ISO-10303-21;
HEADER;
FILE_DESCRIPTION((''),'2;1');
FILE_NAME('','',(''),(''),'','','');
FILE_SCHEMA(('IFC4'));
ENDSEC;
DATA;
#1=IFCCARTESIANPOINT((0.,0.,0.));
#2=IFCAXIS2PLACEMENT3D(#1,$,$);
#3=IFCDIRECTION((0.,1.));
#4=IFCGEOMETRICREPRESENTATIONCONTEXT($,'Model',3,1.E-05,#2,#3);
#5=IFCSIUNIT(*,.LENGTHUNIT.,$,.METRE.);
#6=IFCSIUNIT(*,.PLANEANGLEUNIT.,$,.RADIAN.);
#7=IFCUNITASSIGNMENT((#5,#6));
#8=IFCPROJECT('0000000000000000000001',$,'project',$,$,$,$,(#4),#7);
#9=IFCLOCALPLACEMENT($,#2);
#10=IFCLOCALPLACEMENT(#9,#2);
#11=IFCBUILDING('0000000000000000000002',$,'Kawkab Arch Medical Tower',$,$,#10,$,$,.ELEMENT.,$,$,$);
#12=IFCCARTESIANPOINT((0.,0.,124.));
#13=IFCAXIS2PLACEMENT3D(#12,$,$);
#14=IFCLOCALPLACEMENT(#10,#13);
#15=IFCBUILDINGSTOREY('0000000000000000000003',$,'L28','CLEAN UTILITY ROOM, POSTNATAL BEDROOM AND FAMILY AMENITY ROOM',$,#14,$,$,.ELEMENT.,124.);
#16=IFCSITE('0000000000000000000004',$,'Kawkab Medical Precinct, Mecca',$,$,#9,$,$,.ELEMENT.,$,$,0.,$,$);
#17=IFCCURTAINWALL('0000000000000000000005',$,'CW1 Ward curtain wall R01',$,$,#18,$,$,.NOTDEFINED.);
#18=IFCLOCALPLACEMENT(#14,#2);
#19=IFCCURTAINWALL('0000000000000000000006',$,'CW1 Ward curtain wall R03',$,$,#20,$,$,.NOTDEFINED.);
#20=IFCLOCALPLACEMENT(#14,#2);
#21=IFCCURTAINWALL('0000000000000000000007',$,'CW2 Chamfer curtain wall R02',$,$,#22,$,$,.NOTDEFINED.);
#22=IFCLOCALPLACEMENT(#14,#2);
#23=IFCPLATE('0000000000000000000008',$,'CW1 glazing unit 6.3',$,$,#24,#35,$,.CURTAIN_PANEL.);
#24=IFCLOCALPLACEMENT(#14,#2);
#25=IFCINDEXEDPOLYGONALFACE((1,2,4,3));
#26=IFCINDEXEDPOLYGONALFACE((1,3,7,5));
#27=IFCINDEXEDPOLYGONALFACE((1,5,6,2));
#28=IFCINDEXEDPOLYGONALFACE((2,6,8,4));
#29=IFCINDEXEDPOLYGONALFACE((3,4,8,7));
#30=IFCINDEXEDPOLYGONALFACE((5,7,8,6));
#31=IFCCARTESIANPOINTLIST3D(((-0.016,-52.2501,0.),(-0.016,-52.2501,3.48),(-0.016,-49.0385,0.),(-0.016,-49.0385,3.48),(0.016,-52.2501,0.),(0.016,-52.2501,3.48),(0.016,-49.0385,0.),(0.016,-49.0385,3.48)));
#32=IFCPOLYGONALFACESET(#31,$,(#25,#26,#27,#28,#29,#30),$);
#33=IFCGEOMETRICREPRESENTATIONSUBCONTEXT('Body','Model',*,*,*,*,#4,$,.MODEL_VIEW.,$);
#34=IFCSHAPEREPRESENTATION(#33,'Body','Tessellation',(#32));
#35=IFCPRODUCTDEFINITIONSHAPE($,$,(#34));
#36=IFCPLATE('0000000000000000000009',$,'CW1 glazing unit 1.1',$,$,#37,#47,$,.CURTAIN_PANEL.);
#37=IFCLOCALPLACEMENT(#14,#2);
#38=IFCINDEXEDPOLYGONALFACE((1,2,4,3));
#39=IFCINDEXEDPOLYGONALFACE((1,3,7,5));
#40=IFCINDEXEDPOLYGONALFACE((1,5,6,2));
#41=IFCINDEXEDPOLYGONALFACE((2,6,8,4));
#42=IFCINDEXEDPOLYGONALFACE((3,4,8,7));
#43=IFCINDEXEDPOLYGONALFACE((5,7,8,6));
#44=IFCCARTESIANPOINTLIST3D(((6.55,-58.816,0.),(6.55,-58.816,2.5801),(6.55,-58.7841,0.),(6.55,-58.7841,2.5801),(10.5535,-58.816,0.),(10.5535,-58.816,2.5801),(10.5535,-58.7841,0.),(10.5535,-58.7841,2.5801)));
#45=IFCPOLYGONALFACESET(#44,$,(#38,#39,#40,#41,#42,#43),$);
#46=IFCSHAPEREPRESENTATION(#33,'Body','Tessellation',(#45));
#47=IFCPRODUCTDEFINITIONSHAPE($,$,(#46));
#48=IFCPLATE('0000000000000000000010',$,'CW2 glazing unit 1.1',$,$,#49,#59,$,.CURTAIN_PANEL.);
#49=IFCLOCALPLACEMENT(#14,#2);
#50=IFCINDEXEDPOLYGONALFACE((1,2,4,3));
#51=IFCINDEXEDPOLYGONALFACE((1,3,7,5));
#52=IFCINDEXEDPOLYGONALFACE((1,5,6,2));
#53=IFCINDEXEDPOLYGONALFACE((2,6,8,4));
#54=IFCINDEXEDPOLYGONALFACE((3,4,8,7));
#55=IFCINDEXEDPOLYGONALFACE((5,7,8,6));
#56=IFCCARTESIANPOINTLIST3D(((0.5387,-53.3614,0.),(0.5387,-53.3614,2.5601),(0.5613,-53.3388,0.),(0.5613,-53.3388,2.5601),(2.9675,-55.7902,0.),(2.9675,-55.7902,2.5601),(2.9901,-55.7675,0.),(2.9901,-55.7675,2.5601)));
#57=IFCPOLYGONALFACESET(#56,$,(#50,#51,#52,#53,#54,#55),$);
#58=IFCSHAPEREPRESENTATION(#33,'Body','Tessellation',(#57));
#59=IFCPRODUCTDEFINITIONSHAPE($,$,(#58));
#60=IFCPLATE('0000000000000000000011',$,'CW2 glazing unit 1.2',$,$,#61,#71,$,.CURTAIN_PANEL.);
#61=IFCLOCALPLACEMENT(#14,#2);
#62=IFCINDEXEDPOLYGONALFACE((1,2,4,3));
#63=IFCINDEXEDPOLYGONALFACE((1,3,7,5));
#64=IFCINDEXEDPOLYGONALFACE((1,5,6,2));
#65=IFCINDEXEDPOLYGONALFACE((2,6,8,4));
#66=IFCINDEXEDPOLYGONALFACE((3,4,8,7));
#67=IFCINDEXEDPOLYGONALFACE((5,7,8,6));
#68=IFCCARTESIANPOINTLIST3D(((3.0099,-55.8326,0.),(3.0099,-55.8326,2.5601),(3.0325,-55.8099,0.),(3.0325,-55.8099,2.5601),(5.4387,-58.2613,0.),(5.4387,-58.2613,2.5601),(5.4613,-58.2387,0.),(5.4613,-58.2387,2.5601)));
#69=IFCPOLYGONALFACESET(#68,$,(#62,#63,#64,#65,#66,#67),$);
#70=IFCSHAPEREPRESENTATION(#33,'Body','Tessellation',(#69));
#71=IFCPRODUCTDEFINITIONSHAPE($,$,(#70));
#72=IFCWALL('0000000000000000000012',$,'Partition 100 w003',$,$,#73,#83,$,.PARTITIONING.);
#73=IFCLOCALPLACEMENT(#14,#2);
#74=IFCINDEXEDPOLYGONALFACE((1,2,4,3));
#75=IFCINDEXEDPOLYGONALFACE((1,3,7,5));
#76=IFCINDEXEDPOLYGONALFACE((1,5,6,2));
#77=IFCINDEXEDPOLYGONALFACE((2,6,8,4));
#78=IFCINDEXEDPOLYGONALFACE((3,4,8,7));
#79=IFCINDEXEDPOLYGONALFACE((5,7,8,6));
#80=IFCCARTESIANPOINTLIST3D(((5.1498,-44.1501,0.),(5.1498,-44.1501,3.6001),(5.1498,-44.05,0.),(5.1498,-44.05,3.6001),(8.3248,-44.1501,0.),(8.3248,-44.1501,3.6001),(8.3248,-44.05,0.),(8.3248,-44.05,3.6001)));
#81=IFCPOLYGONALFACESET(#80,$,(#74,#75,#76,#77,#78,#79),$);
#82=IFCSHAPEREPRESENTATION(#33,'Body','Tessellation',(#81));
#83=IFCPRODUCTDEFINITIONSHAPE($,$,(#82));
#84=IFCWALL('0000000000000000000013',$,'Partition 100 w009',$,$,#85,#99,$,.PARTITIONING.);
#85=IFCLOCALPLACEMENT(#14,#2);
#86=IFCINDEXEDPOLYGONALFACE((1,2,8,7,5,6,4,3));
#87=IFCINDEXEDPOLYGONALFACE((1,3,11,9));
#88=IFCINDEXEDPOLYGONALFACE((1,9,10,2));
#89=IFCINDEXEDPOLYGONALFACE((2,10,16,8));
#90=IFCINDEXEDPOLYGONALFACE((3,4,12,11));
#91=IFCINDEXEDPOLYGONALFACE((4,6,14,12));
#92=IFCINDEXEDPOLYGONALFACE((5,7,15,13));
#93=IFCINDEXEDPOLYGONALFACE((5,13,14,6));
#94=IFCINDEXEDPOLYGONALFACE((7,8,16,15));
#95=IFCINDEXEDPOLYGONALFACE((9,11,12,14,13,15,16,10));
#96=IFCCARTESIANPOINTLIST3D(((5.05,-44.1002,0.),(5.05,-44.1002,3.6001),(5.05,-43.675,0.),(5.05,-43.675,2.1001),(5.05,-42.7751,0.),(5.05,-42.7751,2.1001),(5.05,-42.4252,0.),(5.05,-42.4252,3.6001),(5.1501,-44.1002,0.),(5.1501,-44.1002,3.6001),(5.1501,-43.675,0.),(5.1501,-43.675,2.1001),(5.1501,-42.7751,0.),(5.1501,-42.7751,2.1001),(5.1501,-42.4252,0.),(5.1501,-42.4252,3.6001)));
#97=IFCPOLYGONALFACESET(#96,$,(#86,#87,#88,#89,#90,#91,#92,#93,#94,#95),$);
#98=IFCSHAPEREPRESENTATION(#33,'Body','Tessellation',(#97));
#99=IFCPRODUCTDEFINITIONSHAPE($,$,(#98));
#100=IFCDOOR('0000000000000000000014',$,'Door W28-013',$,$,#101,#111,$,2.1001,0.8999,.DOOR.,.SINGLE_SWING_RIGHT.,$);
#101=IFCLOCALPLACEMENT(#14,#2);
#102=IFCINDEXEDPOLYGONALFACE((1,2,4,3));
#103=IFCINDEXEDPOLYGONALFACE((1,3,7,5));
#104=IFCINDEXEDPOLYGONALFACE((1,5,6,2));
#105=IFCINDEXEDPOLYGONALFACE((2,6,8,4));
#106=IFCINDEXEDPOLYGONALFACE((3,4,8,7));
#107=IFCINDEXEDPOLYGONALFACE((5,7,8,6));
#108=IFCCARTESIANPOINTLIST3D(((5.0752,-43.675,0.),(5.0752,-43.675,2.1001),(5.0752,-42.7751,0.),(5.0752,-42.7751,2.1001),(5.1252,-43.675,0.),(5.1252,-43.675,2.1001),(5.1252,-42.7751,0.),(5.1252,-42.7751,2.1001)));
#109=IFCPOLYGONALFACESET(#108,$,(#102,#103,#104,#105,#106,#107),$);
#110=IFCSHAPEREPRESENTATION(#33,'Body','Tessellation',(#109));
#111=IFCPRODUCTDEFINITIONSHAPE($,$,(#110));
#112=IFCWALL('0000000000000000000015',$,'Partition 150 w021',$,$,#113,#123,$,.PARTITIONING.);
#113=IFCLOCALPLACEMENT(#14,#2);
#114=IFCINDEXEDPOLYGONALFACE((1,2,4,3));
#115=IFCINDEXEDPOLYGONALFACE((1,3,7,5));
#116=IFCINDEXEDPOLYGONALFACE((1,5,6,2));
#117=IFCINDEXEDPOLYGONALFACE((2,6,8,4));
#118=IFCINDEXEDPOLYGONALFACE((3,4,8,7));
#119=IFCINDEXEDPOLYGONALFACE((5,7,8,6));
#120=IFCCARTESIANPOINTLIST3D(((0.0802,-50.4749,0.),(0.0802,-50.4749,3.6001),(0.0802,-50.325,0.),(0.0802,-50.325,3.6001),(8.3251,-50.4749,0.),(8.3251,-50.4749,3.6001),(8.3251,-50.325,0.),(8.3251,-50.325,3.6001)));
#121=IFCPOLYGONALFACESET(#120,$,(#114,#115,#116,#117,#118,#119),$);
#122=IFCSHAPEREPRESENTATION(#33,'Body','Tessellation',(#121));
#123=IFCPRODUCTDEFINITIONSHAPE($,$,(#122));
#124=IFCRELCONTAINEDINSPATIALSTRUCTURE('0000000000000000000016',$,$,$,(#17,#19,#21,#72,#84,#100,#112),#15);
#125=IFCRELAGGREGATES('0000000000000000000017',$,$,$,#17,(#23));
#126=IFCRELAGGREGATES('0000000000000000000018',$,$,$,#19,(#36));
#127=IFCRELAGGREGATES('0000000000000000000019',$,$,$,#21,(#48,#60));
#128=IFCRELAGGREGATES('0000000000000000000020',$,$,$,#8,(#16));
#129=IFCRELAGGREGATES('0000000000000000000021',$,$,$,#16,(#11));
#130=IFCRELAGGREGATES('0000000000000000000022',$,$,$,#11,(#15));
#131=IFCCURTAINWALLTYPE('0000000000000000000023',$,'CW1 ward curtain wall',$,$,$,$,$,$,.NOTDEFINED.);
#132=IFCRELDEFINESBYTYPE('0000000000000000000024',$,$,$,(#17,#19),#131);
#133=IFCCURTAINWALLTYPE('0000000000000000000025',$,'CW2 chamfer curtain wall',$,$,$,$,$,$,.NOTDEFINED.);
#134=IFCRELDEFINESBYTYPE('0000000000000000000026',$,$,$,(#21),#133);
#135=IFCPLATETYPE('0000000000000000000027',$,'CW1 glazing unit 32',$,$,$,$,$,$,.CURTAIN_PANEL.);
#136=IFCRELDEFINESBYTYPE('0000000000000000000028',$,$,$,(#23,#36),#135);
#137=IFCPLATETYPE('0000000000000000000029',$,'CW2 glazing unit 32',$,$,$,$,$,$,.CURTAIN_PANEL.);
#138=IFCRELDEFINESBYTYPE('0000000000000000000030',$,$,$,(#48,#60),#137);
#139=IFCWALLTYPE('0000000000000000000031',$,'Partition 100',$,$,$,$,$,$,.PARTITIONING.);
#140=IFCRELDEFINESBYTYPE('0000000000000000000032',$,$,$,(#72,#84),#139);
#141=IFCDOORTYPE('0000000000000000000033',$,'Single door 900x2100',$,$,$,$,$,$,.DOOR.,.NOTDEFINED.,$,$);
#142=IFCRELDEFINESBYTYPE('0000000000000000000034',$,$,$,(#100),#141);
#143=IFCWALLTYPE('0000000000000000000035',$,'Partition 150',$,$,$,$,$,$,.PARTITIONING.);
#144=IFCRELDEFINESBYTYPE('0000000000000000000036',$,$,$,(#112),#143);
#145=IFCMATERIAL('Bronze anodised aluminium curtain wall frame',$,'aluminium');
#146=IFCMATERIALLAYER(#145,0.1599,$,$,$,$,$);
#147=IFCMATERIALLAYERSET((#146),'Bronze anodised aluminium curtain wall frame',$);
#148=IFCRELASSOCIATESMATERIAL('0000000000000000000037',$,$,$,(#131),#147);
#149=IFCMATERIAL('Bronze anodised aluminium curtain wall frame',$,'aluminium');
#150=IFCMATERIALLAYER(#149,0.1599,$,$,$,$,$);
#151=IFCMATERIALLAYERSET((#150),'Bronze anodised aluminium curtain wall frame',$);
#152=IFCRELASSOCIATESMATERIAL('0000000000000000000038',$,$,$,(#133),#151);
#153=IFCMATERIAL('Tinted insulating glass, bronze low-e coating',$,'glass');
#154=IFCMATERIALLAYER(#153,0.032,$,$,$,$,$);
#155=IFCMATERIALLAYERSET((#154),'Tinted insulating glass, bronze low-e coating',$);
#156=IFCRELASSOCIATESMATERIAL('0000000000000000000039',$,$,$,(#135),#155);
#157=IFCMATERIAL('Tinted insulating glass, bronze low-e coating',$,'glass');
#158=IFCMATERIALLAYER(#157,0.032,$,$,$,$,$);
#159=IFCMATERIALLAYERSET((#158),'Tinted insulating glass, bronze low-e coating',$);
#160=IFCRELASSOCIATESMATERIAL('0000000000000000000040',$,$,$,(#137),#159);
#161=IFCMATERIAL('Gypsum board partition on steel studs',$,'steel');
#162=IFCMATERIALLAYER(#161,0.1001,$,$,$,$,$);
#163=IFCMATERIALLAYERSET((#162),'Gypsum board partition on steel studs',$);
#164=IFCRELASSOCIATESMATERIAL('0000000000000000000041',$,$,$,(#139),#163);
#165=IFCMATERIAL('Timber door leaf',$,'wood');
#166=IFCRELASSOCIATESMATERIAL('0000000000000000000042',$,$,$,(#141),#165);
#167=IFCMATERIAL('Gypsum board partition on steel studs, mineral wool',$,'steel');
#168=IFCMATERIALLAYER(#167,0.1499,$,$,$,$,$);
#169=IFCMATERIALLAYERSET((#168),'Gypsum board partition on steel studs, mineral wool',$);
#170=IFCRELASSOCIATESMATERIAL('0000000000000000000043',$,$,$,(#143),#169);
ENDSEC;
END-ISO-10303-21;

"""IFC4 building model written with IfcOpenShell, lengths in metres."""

from ifc_helpers import new_model, si_unit, direction, frame, frame_2d, origin, origin_2d, place, context, subcontext, project, spatial, rectangle, extrude, material, layer, layer_set, type_object, element, fill, aggregate, save


model = new_model("IFC4")

# Units and contexts
model_context = context("Model", 3, precision=1e-05, world=origin(), true_north=direction((0.0, 1.0)))
body_context = subcontext(model_context, "Body", "Model", "MODEL_VIEW")
ifc_project = project(units=[si_unit("LENGTHUNIT", "METRE"), si_unit("PLANEANGLEUNIT", "RADIAN")], contexts=[model_context])

# Site, building, storey
site_placement = place(None, origin())
site = spatial("IfcSite", under=ifc_project, at=site_placement, Name="Kawkab Medical Precinct, Mecca", CompositionType="ELEMENT", RefElevation=0.0)
building_placement = place(site_placement, origin())
building = spatial("IfcBuilding", under=site, at=building_placement, Name="Kawkab Arch Medical Tower", CompositionType="ELEMENT")
storey_placement = place(building_placement, frame((0.0, 0.0, 124.0)))
storey = spatial("IfcBuildingStorey", under=building, at=storey_placement, Name="L28", Description="CLEAN UTILITY ROOM, POSTNATAL BEDROOM AND FAMILY AMENITY ROOM", CompositionType="ELEMENT", Elevation=124.0)

# Curtain walls
ifc_material_1 = material(Name="Bronze anodised aluminium curtain wall frame", Category="aluminium")
ifc_layer_1 = layer(ifc_material_1, 0.1599)
ifc_layer_set_1 = layer_set([ifc_layer_1], Name="Bronze anodised aluminium curtain wall frame")
curtain_wall_type_1 = type_object("IfcCurtainWallType", Name="CW1 ward curtain wall", PredefinedType="NOTDEFINED", material=ifc_layer_set_1)
placement = place(storey_placement, origin())
curtain_wall_1 = element("IfcCurtainWall", 1, at=placement, inside=storey, type_object=curtain_wall_type_1, Name="CW1 Ward curtain wall R01", PredefinedType="NOTDEFINED")
curtain_wall_2 = element("IfcCurtainWall", 2, at=placement, inside=storey, type_object=curtain_wall_type_1, Name="CW1 Ward curtain wall R03", PredefinedType="NOTDEFINED")
ifc_material_2 = material(Name="Bronze anodised aluminium curtain wall frame", Category="aluminium")
ifc_layer_2 = layer(ifc_material_2, 0.1599)
ifc_layer_set_2 = layer_set([ifc_layer_2], Name="Bronze anodised aluminium curtain wall frame")
curtain_wall_type_2 = type_object("IfcCurtainWallType", Name="CW2 chamfer curtain wall", PredefinedType="NOTDEFINED", material=ifc_layer_set_2)
curtain_wall_3 = element("IfcCurtainWall", 3, at=placement, inside=storey, type_object=curtain_wall_type_2, Name="CW2 Chamfer curtain wall R02", PredefinedType="NOTDEFINED")

# Plates
ifc_material_3 = material(Name="Tinted insulating glass, bronze low-e coating", Category="glass")
ifc_layer_3 = layer(ifc_material_3, 0.032)
ifc_layer_set_3 = layer_set([ifc_layer_3], Name="Tinted insulating glass, bronze low-e coating")
plate_type_1 = type_object("IfcPlateType", Name="CW1 glazing unit 32", PredefinedType="CURTAIN_PANEL", material=ifc_layer_set_3)
plate_1_placement = place(storey_placement, frame((0.0, -50.6443, 0.0), z_axis=(0.0, 0.0, 1.0), x_axis=(0.0, -1.0, 0.0)))
plate_1 = element("IfcPlate", 4, at=plate_1_placement, type_object=plate_type_1, Name="CW1 glazing unit 6.3", PredefinedType="CURTAIN_PANEL", context=body_context, shape_type="SweptSolid", body=[
    extrude(rectangle(XDim=3.2117, YDim=0.032, at=origin_2d()), origin(), (0.0, 0.0, 1.0), 3.48),
])
aggregate(curtain_wall_1, [plate_1])
plate_2_placement = place(storey_placement, frame((8.5518, -58.8, 0.0), z_axis=(0.0, 0.0, 1.0), x_axis=(1.0, 0.0, 0.0)))
plate_2 = element("IfcPlate", 5, at=plate_2_placement, type_object=plate_type_1, Name="CW1 glazing unit 1.1", PredefinedType="CURTAIN_PANEL", context=body_context, shape_type="SweptSolid", body=[
    extrude(rectangle(XDim=4.0034, YDim=0.032, at=origin_2d()), origin(), (0.0, 0.0, 1.0), 2.5801),
])
aggregate(curtain_wall_2, [plate_2])
ifc_material_4 = material(Name="Tinted insulating glass, bronze low-e coating", Category="glass")
ifc_layer_4 = layer(ifc_material_4, 0.032)
ifc_layer_set_4 = layer_set([ifc_layer_4], Name="Tinted insulating glass, bronze low-e coating")
plate_type_2 = type_object("IfcPlateType", Name="CW2 glazing unit 32", PredefinedType="CURTAIN_PANEL", material=ifc_layer_set_4)
plate_3_placement = place(storey_placement, frame((1.7644, -54.5645, 0.0), z_axis=(0.0, 0.0, 1.0), x_axis=(0.707107, -0.707107, 0.0)))
plate_3 = element("IfcPlate", 6, at=plate_3_placement, type_object=plate_type_2, Name="CW2 glazing unit 1.1", PredefinedType="CURTAIN_PANEL", context=body_context, shape_type="SweptSolid", body=[
    extrude(rectangle(XDim=3.4348, YDim=0.032, at=origin_2d()), origin(), (0.0, 0.0, 1.0), 2.5601),
])
plate_4_placement = place(storey_placement, frame((4.2356, -57.0356, 0.0), z_axis=(0.0, 0.0, 1.0), x_axis=(0.707107, -0.707107, 0.0)))
plate_4 = element("IfcPlate", 7, at=plate_4_placement, type_object=plate_type_2, Name="CW2 glazing unit 1.2", PredefinedType="CURTAIN_PANEL", context=body_context, shape_type="SweptSolid", body=[
    extrude(rectangle(XDim=3.4348, YDim=0.032, at=origin_2d()), origin(), (0.0, 0.0, 1.0), 2.5601),
])
aggregate(curtain_wall_3, [plate_3, plate_4])

# Wall
ifc_material_5 = material(Name="Gypsum board partition on steel studs", Category="steel")
ifc_layer_5 = layer(ifc_material_5, 0.1001)
ifc_layer_set_5 = layer_set([ifc_layer_5], Name="Gypsum board partition on steel studs")
wall_type_1 = type_object("IfcWallType", Name="Partition 100", PredefinedType="PARTITIONING", material=ifc_layer_set_5)
wall_1_placement = place(storey_placement, frame((5.1499, -44.1001, 0.0), z_axis=(0.0, 0.0, 1.0), x_axis=(1.0, 0.0, 0.0)))
element("IfcWall", 8, at=wall_1_placement, inside=storey, type_object=wall_type_1, Name="Partition 100 w003", PredefinedType="PARTITIONING", context=body_context, shape_type="SweptSolid", body=[
    extrude(rectangle(XDim=3.175, YDim=0.1001, at=frame_2d((1.5874, 0.0))), origin(), (0.0, 0.0, 1.0), 3.6001),
])

# Wall, opening, door
wall_2_placement = place(storey_placement, frame((5.1001, -44.1001, 0.0), z_axis=(0.0, 0.0, 1.0), x_axis=(0.0, 1.0, 0.0)))
wall_2 = element("IfcWall", 9, at=wall_2_placement, inside=storey, type_object=wall_type_1, Name="Partition 100 w009", PredefinedType="PARTITIONING", context=body_context, shape_type="SweptSolid", body=[
    extrude(rectangle(XDim=1.675, YDim=0.1001, at=frame_2d((0.8374, 0.0))), origin(), (0.0, 0.0, 1.0), 3.6001),
])
opening_1_placement = place(wall_2_placement, frame((0.425, 0.0, 0.0)))
opening_1 = element("IfcOpeningElement", 10, at=opening_1_placement, cuts=wall_2, PredefinedType="OPENING", context=body_context, shape_type="SweptSolid", body=[
    extrude(rectangle(XDim=0.8999, YDim=2.1001, at=frame_2d((0.45, 1.05))), frame((0.0, 0.0601, 0.0), z_axis=(0.0, -1.0, 0.0), x_axis=(1.0, 0.0, 0.0)), (0.0, 0.0, 1.0), 0.1201),
])
ifc_material_6 = material(Name="Timber door leaf", Category="wood")
door_type_1 = type_object("IfcDoorType", Name="Single door 900x2100", OperationType="NOTDEFINED", PredefinedType="DOOR", material=ifc_material_6)
door_1_placement = place(opening_1_placement, origin())
door_1 = element("IfcDoor", 11, at=door_1_placement, inside=storey, type_object=door_type_1, Name="Door W28-013", OperationType="SINGLE_SWING_RIGHT", OverallHeight=2.1001, OverallWidth=0.8999, PredefinedType="DOOR", context=body_context, shape_type="SweptSolid", body=[
    extrude(rectangle(XDim=0.8999, YDim=2.1001, at=frame_2d((0.45, 1.05))), frame((0.0, 0.0249, 0.0), z_axis=(0.0, -1.0, 0.0), x_axis=(1.0, 0.0, 0.0)), (0.0, 0.0, 1.0), 0.05),
])
fill(opening_1, door_1)

# Wall
ifc_material_7 = material(Name="Gypsum board partition on steel studs, mineral wool", Category="steel")
ifc_layer_6 = layer(ifc_material_7, 0.1499)
ifc_layer_set_6 = layer_set([ifc_layer_6], Name="Gypsum board partition on steel studs, mineral wool")
wall_type_2 = type_object("IfcWallType", Name="Partition 150", PredefinedType="PARTITIONING", material=ifc_layer_set_6)
wall_3_placement = place(storey_placement, frame((0.0801, -50.3999, 0.0), z_axis=(0.0, 0.0, 1.0), x_axis=(1.0, 0.0, 0.0)))
element("IfcWall", 12, at=wall_3_placement, inside=storey, type_object=wall_type_2, Name="Partition 150 w021", PredefinedType="PARTITIONING", context=body_context, shape_type="SweptSolid", body=[
    extrude(rectangle(XDim=8.2449, YDim=0.1499, at=frame_2d((4.1226, 0.0))), origin(), (0.0, 0.0, 1.0), 3.6001),
])

save(model, "model.ifc")
